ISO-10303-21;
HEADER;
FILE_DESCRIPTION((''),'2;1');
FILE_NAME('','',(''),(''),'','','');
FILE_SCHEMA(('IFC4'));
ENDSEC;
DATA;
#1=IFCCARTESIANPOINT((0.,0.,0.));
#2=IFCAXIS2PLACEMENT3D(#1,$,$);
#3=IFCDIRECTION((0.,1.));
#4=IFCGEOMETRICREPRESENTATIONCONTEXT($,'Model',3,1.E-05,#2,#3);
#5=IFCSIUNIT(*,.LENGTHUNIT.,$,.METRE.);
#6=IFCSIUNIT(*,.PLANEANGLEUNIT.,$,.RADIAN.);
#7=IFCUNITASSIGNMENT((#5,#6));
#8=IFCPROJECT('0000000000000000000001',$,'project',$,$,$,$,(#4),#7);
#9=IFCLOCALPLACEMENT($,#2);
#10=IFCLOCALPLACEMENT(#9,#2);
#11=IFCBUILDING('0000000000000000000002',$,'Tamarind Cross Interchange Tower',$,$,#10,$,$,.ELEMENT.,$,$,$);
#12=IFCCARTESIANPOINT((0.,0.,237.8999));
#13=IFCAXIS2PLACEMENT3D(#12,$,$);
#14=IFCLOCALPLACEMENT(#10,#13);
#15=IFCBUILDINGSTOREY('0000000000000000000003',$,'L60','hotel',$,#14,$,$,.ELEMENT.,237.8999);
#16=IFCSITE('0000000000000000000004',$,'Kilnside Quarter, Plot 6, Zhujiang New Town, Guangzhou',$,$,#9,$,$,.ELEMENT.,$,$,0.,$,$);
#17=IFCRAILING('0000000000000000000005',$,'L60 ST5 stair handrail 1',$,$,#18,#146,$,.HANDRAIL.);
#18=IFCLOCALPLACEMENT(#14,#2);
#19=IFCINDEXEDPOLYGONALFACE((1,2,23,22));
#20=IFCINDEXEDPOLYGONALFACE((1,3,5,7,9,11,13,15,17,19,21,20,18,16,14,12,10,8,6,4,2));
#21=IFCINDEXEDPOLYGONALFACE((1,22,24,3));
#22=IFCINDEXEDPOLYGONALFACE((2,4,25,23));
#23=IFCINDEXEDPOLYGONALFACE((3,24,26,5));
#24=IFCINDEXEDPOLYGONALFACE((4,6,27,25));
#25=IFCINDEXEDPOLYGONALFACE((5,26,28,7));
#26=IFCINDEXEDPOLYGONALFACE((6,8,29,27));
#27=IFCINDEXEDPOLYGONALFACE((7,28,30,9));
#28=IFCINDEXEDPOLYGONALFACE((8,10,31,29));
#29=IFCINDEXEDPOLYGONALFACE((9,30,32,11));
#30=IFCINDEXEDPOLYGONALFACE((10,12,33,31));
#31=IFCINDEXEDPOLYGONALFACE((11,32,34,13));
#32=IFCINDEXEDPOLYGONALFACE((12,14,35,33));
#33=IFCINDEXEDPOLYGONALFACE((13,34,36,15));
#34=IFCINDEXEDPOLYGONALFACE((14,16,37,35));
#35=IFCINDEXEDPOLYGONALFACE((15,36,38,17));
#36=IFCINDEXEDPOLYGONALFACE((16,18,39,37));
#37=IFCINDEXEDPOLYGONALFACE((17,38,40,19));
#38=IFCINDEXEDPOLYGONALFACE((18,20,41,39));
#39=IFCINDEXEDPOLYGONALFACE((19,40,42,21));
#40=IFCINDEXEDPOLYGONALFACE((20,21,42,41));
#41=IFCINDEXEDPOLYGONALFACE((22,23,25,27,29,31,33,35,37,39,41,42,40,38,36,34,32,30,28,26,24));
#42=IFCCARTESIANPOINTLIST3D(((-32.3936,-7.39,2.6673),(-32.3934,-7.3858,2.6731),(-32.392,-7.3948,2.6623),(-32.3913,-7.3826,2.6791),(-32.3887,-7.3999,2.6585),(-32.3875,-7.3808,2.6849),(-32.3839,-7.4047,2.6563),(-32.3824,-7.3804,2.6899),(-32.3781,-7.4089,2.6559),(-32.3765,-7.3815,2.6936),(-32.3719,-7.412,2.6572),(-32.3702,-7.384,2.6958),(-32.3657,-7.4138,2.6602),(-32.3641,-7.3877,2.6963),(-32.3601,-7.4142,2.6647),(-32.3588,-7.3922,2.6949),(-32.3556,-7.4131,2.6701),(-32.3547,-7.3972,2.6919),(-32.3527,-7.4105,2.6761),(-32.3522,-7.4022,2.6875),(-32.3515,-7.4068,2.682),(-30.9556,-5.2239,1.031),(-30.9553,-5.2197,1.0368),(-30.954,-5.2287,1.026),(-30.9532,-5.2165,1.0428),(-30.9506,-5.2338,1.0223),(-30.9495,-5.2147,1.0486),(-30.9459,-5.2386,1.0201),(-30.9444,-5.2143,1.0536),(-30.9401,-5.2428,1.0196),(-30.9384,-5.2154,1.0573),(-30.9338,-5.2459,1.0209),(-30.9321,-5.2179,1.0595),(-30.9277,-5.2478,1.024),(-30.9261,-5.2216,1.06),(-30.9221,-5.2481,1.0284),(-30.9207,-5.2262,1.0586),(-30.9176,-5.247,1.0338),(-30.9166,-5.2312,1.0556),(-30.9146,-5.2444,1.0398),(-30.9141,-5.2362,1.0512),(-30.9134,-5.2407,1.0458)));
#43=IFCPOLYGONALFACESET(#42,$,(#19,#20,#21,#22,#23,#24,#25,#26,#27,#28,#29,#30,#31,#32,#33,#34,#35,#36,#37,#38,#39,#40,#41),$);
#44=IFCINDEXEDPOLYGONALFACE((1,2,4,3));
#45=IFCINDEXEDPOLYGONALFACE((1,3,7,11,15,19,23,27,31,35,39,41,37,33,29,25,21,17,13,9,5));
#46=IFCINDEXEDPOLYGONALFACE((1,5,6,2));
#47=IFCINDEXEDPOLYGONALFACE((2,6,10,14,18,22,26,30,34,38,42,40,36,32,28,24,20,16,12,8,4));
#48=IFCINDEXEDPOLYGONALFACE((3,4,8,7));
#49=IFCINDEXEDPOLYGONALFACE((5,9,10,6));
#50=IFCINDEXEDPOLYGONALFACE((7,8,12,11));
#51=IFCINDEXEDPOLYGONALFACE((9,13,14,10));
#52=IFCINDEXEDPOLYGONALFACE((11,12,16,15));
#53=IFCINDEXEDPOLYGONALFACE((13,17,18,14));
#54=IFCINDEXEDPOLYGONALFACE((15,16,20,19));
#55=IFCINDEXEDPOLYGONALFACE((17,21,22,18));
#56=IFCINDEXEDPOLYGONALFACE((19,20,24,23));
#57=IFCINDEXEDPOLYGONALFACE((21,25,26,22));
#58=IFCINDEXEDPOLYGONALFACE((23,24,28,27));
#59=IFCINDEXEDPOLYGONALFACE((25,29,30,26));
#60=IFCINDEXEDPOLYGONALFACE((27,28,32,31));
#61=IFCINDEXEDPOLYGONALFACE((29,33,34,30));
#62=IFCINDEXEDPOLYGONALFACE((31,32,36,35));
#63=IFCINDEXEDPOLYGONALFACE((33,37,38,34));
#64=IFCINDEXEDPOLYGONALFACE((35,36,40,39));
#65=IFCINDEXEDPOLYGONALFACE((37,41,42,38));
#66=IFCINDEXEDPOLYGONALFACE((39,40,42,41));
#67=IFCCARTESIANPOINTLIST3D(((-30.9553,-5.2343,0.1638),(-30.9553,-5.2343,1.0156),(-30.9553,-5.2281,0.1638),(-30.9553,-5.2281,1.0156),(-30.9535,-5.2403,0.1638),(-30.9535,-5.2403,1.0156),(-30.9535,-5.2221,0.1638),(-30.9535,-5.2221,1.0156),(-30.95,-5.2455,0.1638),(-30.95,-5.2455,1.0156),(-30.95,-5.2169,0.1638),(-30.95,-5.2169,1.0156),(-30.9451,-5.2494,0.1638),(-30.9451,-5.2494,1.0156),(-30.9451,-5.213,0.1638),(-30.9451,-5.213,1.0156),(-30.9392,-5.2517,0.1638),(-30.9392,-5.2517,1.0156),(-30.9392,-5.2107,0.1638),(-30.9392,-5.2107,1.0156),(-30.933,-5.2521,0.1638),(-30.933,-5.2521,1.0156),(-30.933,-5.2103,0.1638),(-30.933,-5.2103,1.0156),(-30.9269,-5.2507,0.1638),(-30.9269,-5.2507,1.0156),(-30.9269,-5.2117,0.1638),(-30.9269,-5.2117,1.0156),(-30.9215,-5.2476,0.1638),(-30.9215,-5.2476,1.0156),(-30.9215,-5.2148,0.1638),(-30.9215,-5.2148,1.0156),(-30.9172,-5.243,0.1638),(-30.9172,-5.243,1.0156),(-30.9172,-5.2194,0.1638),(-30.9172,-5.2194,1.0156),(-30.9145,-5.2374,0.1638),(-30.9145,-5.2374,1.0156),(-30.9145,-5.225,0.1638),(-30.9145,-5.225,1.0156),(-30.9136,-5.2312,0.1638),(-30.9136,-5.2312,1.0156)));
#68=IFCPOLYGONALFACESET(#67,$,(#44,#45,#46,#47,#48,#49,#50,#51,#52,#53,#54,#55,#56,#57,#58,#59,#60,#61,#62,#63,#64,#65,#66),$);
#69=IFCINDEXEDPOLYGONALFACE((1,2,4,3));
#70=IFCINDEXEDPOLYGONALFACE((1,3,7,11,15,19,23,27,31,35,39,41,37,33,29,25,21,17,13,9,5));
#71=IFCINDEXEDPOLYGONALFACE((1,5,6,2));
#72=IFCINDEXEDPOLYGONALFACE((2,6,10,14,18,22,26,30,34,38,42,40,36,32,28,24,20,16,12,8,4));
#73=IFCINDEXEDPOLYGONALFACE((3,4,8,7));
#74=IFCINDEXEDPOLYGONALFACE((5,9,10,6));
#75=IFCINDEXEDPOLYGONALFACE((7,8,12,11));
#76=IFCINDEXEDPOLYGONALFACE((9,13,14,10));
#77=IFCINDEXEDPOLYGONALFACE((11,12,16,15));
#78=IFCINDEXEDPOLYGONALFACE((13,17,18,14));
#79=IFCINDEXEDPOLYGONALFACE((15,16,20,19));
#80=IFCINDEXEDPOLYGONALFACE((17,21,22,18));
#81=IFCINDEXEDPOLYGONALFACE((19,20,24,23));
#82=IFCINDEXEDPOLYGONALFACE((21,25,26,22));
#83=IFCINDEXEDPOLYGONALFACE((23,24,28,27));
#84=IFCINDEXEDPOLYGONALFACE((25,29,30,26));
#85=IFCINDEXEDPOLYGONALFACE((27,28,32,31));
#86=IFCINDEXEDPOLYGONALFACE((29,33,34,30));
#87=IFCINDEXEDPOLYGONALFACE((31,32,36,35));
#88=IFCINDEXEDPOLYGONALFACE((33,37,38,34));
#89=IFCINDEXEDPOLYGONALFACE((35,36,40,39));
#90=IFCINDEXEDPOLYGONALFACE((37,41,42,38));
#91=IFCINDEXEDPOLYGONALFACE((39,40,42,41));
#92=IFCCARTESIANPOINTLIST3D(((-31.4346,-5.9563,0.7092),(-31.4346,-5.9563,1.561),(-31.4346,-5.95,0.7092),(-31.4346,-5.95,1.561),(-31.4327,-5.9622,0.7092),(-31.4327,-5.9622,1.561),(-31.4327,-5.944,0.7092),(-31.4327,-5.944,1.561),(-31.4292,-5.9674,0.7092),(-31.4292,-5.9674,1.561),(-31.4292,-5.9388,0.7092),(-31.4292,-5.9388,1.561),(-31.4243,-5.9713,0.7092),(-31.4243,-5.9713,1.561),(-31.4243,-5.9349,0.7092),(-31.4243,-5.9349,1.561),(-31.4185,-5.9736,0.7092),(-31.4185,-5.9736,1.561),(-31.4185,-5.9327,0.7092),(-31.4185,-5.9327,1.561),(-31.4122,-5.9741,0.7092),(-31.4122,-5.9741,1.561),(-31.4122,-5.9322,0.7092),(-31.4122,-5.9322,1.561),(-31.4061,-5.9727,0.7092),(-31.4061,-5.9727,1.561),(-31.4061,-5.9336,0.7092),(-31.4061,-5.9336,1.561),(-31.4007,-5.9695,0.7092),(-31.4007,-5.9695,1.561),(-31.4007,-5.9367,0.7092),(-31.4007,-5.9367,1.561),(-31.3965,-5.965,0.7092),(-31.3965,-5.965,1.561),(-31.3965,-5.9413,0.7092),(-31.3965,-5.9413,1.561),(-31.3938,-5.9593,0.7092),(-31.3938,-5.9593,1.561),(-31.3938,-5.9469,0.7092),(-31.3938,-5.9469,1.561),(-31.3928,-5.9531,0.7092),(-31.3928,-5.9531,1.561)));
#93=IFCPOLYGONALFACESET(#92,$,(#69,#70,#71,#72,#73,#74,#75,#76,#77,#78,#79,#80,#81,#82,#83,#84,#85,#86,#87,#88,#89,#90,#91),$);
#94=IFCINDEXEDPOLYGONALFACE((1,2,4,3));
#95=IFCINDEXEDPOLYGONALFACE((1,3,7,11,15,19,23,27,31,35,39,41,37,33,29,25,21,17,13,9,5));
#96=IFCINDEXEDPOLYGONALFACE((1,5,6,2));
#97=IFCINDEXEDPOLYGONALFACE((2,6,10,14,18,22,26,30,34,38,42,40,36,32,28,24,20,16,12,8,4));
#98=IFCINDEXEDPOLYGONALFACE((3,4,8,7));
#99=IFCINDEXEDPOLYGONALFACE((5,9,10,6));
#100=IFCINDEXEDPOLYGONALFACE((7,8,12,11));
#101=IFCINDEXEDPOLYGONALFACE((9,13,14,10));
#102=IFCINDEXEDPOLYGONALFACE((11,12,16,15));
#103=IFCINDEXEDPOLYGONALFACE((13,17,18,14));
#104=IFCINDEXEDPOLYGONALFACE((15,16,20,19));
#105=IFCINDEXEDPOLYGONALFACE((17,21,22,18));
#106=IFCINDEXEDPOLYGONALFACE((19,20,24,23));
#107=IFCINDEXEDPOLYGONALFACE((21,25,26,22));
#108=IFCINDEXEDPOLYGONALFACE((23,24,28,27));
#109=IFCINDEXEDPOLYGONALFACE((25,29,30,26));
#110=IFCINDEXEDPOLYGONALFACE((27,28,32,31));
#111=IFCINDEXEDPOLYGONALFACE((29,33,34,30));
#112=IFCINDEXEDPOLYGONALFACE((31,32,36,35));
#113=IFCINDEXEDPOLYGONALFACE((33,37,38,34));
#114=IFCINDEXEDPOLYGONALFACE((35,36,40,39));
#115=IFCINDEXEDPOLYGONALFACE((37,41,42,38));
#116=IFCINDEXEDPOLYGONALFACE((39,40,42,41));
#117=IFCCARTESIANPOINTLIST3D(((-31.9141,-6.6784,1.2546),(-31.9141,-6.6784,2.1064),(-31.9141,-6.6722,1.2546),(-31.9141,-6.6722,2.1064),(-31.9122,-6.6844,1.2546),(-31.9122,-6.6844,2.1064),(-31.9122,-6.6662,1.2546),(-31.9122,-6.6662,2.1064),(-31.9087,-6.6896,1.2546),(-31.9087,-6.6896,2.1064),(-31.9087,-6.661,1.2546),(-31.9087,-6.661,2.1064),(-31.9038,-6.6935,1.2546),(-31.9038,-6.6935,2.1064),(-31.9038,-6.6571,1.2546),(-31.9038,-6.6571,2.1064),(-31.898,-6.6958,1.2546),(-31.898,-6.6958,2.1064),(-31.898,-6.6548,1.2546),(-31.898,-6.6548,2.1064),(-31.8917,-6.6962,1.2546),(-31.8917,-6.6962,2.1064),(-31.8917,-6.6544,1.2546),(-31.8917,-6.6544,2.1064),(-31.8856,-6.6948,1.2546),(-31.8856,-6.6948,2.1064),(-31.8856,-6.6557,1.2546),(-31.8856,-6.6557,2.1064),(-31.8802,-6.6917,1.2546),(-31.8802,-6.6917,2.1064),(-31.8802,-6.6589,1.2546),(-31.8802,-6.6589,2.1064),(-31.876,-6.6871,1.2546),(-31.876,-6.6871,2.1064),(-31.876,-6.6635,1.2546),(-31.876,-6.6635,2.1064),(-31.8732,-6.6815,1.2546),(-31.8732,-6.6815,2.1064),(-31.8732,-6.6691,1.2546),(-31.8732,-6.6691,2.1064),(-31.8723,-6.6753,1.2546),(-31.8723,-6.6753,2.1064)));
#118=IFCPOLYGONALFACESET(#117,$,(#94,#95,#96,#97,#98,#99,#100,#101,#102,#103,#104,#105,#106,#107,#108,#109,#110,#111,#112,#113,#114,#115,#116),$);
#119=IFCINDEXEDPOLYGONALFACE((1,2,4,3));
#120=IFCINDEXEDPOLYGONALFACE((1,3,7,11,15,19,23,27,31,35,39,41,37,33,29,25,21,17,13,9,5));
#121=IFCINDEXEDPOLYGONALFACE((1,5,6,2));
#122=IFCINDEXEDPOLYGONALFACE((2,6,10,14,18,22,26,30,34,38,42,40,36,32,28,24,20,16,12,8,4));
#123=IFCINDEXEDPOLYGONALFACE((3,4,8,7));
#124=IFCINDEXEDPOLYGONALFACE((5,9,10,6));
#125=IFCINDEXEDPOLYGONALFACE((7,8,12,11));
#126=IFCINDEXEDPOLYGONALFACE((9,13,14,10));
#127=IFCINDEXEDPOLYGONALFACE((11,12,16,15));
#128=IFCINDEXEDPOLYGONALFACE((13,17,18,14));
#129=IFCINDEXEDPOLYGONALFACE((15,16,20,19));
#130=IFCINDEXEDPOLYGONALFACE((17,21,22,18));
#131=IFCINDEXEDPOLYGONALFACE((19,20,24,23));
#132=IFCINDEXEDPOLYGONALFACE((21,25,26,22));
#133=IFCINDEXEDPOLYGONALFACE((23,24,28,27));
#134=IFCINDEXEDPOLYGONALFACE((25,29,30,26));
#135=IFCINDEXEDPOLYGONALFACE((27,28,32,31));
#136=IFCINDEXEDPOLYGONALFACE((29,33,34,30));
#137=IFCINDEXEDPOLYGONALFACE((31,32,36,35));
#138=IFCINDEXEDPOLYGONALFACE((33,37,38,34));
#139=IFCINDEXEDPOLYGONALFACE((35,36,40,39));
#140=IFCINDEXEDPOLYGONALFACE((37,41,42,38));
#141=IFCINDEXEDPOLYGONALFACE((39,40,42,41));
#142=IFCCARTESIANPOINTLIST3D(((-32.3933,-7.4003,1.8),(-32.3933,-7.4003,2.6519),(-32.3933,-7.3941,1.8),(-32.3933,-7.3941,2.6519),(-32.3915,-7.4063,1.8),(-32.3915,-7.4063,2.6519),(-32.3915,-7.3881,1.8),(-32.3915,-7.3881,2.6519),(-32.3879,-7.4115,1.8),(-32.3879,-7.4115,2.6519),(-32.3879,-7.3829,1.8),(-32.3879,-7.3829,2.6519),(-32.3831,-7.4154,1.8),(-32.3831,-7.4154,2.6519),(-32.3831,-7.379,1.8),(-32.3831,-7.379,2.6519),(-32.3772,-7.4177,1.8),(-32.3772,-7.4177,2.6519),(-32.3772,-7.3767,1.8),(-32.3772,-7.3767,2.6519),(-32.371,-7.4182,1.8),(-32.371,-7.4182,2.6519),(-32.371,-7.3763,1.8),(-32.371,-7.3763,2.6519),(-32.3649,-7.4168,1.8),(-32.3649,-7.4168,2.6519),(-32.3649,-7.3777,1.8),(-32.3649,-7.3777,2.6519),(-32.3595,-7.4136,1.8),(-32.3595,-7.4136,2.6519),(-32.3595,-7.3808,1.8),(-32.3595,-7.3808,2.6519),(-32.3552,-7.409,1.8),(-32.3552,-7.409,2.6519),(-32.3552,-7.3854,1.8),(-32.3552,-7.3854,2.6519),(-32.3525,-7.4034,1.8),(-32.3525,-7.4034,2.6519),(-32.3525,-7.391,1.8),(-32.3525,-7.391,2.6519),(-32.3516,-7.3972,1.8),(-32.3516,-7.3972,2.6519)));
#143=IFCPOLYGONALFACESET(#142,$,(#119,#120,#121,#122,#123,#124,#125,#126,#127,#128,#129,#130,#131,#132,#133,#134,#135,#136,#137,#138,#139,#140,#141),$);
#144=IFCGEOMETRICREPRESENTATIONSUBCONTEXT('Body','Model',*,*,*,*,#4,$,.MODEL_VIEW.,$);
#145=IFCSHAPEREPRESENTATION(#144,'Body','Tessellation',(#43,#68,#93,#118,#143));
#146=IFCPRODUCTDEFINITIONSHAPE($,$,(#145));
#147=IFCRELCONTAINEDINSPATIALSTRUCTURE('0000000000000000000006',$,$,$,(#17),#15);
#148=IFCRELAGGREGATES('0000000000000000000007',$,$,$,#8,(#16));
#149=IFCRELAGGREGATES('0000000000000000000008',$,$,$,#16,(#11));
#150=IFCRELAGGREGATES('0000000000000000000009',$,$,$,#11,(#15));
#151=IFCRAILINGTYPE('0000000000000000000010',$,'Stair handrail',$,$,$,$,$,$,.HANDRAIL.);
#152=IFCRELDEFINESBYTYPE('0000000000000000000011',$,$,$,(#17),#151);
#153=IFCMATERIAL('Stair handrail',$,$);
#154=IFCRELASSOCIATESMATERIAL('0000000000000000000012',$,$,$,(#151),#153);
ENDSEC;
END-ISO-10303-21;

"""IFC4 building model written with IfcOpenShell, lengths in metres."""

from ifc_helpers import new_model, si_unit, direction, frame, origin, origin_2d, place, context, subcontext, project, spatial, circle, extrude, material, type_object, element, save


model = new_model("IFC4")

# Units and contexts
model_context = context("Model", 3, precision=1e-05, world=origin(), true_north=direction((0.0, 1.0)))
body_context = subcontext(model_context, "Body", "Model", "MODEL_VIEW")
ifc_project = project(units=[si_unit("LENGTHUNIT", "METRE"), si_unit("PLANEANGLEUNIT", "RADIAN")], contexts=[model_context])

# Site, building, storey
site_placement = place(None, origin())
site = spatial("IfcSite", under=ifc_project, at=site_placement, Name="Kilnside Quarter, Plot 6, Zhujiang New Town, Guangzhou", CompositionType="ELEMENT", RefElevation=0.0)
building_placement = place(site_placement, origin())
building = spatial("IfcBuilding", under=site, at=building_placement, Name="Tamarind Cross Interchange Tower", CompositionType="ELEMENT")
storey_placement = place(building_placement, frame((0.0, 0.0, 237.8999)))
storey = spatial("IfcBuildingStorey", under=building, at=storey_placement, Name="L60", Description="hotel", CompositionType="ELEMENT", Elevation=237.8999)

# Railing
ifc_material_1 = material(Name="Stair handrail")
railing_type_1 = type_object("IfcRailingType", Name="Stair handrail", PredefinedType="HANDRAIL", material=ifc_material_1)
railing_1_placement = place(storey_placement, frame((-30.9346, -5.2312, 0.1638)))
element("IfcRailing", 1, at=railing_1_placement, inside=storey, type_object=railing_type_1, Name="L60 ST5 stair handrail 1", PredefinedType="HANDRAIL", context=body_context, shape_type="SweptSolid", body=[
    extrude(circle(Radius=0.0239, at=origin_2d()), frame((0.0, 0.0, 0.876), z_axis=(-0.468108, -0.705102, 0.532641), x_axis=(0.833118, -0.553096, 0.0)), (0.0, 0.0, 1.0), 3.072),
    extrude(circle(Radius=0.021, at=origin_2d()), origin(), (0.0, 0.0, 1.0), 0.8518),
    extrude(circle(Radius=0.021, at=origin_2d()), frame((-0.4792, -0.7219, 0.5454)), (0.0, 0.0, 1.0), 0.8518),
    extrude(circle(Radius=0.021, at=origin_2d()), frame((-0.9587, -1.4441, 1.0908)), (0.0, 0.0, 1.0), 0.8518),
    extrude(circle(Radius=0.021, at=origin_2d()), frame((-1.438, -2.166, 1.6362)), (0.0, 0.0, 1.0), 0.8518),
])

save(model, "model.ifc")
